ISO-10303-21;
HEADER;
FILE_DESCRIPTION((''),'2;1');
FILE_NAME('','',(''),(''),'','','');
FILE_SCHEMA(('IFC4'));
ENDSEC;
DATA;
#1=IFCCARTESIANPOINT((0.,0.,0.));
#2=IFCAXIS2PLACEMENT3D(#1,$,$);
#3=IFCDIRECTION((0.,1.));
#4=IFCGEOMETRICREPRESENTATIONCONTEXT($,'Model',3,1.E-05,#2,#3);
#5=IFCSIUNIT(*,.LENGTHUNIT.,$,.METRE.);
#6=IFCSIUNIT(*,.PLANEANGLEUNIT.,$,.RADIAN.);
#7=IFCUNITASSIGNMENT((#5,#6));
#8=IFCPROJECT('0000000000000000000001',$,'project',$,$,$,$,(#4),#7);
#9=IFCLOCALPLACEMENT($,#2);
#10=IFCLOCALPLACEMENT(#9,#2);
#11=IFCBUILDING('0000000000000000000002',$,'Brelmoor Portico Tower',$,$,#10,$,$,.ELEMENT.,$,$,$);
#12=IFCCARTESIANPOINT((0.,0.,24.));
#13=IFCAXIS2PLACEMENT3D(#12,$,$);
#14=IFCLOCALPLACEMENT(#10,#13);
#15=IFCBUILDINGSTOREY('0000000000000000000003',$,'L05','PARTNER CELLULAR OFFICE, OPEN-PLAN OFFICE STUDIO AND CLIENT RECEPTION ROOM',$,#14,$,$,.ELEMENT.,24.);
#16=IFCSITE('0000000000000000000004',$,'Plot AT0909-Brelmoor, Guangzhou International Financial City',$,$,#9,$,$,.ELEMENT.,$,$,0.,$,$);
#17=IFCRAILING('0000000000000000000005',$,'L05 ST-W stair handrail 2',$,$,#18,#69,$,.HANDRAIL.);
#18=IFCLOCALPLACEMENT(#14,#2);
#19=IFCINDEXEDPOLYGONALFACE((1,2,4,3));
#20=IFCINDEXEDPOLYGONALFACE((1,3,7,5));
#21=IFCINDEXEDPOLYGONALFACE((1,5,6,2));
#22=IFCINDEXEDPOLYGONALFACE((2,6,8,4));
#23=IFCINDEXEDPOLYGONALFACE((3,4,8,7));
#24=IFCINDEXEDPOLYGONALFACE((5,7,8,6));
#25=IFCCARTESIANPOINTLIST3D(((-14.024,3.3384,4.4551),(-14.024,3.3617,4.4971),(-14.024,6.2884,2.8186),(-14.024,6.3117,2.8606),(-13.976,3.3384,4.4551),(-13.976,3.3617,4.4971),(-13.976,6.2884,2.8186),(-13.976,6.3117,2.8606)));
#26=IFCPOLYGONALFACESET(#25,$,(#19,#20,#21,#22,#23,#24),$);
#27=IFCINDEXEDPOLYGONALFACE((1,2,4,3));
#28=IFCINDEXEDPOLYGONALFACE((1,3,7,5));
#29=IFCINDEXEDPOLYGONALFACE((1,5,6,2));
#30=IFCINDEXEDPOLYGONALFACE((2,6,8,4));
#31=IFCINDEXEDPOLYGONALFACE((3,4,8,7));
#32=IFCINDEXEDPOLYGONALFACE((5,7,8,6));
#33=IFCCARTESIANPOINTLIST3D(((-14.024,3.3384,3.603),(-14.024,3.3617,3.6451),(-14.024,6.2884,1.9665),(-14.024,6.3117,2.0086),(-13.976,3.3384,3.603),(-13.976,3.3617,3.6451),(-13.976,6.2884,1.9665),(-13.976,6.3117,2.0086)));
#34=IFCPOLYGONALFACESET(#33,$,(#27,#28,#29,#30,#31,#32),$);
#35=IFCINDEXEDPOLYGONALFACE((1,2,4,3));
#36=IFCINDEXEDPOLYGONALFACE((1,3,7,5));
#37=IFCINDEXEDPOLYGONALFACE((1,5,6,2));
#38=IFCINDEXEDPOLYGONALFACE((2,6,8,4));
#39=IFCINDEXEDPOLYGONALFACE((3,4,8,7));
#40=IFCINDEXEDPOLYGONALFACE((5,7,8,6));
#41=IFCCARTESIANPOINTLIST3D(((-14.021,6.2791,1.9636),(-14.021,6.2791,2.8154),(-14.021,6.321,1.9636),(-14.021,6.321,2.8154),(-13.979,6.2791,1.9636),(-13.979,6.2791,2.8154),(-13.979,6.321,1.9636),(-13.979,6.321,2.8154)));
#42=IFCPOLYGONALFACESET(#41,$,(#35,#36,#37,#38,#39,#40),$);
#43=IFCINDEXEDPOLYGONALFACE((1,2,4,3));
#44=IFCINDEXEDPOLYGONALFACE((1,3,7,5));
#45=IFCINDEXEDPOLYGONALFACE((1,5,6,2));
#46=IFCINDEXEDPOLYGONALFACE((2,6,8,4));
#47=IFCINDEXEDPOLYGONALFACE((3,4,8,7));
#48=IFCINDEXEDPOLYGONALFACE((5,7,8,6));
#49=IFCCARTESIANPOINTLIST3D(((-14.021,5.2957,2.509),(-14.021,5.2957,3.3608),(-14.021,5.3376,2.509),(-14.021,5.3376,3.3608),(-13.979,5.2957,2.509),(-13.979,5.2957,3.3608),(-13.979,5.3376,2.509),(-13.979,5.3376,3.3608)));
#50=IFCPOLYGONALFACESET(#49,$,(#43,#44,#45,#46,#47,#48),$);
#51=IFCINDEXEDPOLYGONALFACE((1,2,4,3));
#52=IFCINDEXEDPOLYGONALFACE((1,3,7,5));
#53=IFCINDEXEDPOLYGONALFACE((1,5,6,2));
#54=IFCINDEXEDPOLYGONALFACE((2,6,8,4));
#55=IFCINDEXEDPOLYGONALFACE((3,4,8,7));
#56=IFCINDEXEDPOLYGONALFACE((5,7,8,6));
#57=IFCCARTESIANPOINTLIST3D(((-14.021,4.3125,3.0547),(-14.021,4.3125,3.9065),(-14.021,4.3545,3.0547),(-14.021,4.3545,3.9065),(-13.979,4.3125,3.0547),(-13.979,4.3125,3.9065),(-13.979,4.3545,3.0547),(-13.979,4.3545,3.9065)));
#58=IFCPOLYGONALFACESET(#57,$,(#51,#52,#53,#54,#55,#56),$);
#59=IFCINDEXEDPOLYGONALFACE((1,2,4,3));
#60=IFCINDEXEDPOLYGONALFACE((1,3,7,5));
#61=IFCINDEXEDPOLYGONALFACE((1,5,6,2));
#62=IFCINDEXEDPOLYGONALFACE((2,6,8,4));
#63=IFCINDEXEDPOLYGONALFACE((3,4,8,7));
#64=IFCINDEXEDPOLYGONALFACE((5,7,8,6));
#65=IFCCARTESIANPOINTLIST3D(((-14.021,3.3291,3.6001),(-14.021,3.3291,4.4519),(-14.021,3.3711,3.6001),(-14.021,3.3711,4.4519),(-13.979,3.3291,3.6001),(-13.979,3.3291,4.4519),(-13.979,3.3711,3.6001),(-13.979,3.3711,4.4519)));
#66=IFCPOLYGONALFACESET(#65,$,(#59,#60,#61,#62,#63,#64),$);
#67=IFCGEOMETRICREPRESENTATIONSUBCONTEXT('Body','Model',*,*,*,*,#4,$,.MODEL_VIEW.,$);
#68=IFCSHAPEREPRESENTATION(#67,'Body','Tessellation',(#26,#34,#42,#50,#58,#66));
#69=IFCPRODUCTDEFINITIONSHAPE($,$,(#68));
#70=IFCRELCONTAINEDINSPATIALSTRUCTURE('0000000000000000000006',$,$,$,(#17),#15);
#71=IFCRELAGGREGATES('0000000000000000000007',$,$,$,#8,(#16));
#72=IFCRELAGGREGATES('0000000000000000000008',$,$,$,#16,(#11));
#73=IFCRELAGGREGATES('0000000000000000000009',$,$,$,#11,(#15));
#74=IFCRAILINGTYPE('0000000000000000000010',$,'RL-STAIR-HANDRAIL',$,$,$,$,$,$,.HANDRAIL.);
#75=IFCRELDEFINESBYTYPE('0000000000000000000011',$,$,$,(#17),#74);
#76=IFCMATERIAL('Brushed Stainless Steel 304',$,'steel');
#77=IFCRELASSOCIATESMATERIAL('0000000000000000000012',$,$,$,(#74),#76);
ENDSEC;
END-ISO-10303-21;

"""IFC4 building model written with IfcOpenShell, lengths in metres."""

from ifc_helpers import new_model, si_unit, direction, frame, origin, origin_2d, place, context, subcontext, project, spatial, rectangle, extrude, material, type_object, element, save


model = new_model("IFC4")

# Units and contexts
model_context = context("Model", 3, precision=1e-05, world=origin(), true_north=direction((0.0, 1.0)))
body_context = subcontext(model_context, "Body", "Model", "MODEL_VIEW")
ifc_project = project(units=[si_unit("LENGTHUNIT", "METRE"), si_unit("PLANEANGLEUNIT", "RADIAN")], contexts=[model_context])

# Site, building, storey
site_placement = place(None, origin())
site = spatial("IfcSite", under=ifc_project, at=site_placement, Name="Plot AT0909-Brelmoor, Guangzhou International Financial City", CompositionType="ELEMENT", RefElevation=0.0)
building_placement = place(site_placement, origin())
building = spatial("IfcBuilding", under=site, at=building_placement, Name="Brelmoor Portico Tower", CompositionType="ELEMENT")
storey_placement = place(building_placement, frame((0.0, 0.0, 24.0)))
storey = spatial("IfcBuildingStorey", under=building, at=storey_placement, Name="L05", Description="PARTNER CELLULAR OFFICE, OPEN-PLAN OFFICE STUDIO AND CLIENT RECEPTION ROOM", CompositionType="ELEMENT", Elevation=24.0)

# Railing
ifc_material_1 = material(Name="Brushed Stainless Steel 304", Category="steel")
railing_type_1 = type_object("IfcRailingType", Name="RL-STAIR-HANDRAIL", PredefinedType="HANDRAIL", material=ifc_material_1)
railing_1_placement = place(storey_placement, frame((-14.0, 6.3, 1.9636)))
element("IfcRailing", 1, at=railing_1_placement, inside=storey, type_object=railing_type_1, Name="L05 ST-W stair handrail 2", PredefinedType="HANDRAIL", context=body_context, shape_type="SweptSolid", body=[
    extrude(rectangle(XDim=0.0481, YDim=0.0481, at=origin_2d()), frame((0.0, 0.0, 0.876), z_axis=(0.0, -0.874458, 0.485102), x_axis=(1.0, 0.0, 0.0)), (0.0, 0.0, 1.0), 3.3735),
    extrude(rectangle(XDim=0.0481, YDim=0.0481, at=origin_2d()), frame((0.0, 0.0, 0.0239), z_axis=(0.0, -0.874458, 0.485102), x_axis=(1.0, 0.0, 0.0)), (0.0, 0.0, 1.0), 3.3735),
    extrude(rectangle(XDim=0.042, YDim=0.042, at=origin_2d()), origin(), (0.0, 0.0, 1.0), 0.8518),
    extrude(rectangle(XDim=0.042, YDim=0.042, at=origin_2d()), frame((0.0, -0.9834, 0.5454)), (0.0, 0.0, 1.0), 0.8518),
    extrude(rectangle(XDim=0.042, YDim=0.042, at=origin_2d()), frame((0.0, -1.9666, 1.0911)), (0.0, 0.0, 1.0), 0.8518),
    extrude(rectangle(XDim=0.042, YDim=0.042, at=origin_2d()), frame((0.0, -2.95, 1.6365)), (0.0, 0.0, 1.0), 0.8518),
])

save(model, "model.ifc")
